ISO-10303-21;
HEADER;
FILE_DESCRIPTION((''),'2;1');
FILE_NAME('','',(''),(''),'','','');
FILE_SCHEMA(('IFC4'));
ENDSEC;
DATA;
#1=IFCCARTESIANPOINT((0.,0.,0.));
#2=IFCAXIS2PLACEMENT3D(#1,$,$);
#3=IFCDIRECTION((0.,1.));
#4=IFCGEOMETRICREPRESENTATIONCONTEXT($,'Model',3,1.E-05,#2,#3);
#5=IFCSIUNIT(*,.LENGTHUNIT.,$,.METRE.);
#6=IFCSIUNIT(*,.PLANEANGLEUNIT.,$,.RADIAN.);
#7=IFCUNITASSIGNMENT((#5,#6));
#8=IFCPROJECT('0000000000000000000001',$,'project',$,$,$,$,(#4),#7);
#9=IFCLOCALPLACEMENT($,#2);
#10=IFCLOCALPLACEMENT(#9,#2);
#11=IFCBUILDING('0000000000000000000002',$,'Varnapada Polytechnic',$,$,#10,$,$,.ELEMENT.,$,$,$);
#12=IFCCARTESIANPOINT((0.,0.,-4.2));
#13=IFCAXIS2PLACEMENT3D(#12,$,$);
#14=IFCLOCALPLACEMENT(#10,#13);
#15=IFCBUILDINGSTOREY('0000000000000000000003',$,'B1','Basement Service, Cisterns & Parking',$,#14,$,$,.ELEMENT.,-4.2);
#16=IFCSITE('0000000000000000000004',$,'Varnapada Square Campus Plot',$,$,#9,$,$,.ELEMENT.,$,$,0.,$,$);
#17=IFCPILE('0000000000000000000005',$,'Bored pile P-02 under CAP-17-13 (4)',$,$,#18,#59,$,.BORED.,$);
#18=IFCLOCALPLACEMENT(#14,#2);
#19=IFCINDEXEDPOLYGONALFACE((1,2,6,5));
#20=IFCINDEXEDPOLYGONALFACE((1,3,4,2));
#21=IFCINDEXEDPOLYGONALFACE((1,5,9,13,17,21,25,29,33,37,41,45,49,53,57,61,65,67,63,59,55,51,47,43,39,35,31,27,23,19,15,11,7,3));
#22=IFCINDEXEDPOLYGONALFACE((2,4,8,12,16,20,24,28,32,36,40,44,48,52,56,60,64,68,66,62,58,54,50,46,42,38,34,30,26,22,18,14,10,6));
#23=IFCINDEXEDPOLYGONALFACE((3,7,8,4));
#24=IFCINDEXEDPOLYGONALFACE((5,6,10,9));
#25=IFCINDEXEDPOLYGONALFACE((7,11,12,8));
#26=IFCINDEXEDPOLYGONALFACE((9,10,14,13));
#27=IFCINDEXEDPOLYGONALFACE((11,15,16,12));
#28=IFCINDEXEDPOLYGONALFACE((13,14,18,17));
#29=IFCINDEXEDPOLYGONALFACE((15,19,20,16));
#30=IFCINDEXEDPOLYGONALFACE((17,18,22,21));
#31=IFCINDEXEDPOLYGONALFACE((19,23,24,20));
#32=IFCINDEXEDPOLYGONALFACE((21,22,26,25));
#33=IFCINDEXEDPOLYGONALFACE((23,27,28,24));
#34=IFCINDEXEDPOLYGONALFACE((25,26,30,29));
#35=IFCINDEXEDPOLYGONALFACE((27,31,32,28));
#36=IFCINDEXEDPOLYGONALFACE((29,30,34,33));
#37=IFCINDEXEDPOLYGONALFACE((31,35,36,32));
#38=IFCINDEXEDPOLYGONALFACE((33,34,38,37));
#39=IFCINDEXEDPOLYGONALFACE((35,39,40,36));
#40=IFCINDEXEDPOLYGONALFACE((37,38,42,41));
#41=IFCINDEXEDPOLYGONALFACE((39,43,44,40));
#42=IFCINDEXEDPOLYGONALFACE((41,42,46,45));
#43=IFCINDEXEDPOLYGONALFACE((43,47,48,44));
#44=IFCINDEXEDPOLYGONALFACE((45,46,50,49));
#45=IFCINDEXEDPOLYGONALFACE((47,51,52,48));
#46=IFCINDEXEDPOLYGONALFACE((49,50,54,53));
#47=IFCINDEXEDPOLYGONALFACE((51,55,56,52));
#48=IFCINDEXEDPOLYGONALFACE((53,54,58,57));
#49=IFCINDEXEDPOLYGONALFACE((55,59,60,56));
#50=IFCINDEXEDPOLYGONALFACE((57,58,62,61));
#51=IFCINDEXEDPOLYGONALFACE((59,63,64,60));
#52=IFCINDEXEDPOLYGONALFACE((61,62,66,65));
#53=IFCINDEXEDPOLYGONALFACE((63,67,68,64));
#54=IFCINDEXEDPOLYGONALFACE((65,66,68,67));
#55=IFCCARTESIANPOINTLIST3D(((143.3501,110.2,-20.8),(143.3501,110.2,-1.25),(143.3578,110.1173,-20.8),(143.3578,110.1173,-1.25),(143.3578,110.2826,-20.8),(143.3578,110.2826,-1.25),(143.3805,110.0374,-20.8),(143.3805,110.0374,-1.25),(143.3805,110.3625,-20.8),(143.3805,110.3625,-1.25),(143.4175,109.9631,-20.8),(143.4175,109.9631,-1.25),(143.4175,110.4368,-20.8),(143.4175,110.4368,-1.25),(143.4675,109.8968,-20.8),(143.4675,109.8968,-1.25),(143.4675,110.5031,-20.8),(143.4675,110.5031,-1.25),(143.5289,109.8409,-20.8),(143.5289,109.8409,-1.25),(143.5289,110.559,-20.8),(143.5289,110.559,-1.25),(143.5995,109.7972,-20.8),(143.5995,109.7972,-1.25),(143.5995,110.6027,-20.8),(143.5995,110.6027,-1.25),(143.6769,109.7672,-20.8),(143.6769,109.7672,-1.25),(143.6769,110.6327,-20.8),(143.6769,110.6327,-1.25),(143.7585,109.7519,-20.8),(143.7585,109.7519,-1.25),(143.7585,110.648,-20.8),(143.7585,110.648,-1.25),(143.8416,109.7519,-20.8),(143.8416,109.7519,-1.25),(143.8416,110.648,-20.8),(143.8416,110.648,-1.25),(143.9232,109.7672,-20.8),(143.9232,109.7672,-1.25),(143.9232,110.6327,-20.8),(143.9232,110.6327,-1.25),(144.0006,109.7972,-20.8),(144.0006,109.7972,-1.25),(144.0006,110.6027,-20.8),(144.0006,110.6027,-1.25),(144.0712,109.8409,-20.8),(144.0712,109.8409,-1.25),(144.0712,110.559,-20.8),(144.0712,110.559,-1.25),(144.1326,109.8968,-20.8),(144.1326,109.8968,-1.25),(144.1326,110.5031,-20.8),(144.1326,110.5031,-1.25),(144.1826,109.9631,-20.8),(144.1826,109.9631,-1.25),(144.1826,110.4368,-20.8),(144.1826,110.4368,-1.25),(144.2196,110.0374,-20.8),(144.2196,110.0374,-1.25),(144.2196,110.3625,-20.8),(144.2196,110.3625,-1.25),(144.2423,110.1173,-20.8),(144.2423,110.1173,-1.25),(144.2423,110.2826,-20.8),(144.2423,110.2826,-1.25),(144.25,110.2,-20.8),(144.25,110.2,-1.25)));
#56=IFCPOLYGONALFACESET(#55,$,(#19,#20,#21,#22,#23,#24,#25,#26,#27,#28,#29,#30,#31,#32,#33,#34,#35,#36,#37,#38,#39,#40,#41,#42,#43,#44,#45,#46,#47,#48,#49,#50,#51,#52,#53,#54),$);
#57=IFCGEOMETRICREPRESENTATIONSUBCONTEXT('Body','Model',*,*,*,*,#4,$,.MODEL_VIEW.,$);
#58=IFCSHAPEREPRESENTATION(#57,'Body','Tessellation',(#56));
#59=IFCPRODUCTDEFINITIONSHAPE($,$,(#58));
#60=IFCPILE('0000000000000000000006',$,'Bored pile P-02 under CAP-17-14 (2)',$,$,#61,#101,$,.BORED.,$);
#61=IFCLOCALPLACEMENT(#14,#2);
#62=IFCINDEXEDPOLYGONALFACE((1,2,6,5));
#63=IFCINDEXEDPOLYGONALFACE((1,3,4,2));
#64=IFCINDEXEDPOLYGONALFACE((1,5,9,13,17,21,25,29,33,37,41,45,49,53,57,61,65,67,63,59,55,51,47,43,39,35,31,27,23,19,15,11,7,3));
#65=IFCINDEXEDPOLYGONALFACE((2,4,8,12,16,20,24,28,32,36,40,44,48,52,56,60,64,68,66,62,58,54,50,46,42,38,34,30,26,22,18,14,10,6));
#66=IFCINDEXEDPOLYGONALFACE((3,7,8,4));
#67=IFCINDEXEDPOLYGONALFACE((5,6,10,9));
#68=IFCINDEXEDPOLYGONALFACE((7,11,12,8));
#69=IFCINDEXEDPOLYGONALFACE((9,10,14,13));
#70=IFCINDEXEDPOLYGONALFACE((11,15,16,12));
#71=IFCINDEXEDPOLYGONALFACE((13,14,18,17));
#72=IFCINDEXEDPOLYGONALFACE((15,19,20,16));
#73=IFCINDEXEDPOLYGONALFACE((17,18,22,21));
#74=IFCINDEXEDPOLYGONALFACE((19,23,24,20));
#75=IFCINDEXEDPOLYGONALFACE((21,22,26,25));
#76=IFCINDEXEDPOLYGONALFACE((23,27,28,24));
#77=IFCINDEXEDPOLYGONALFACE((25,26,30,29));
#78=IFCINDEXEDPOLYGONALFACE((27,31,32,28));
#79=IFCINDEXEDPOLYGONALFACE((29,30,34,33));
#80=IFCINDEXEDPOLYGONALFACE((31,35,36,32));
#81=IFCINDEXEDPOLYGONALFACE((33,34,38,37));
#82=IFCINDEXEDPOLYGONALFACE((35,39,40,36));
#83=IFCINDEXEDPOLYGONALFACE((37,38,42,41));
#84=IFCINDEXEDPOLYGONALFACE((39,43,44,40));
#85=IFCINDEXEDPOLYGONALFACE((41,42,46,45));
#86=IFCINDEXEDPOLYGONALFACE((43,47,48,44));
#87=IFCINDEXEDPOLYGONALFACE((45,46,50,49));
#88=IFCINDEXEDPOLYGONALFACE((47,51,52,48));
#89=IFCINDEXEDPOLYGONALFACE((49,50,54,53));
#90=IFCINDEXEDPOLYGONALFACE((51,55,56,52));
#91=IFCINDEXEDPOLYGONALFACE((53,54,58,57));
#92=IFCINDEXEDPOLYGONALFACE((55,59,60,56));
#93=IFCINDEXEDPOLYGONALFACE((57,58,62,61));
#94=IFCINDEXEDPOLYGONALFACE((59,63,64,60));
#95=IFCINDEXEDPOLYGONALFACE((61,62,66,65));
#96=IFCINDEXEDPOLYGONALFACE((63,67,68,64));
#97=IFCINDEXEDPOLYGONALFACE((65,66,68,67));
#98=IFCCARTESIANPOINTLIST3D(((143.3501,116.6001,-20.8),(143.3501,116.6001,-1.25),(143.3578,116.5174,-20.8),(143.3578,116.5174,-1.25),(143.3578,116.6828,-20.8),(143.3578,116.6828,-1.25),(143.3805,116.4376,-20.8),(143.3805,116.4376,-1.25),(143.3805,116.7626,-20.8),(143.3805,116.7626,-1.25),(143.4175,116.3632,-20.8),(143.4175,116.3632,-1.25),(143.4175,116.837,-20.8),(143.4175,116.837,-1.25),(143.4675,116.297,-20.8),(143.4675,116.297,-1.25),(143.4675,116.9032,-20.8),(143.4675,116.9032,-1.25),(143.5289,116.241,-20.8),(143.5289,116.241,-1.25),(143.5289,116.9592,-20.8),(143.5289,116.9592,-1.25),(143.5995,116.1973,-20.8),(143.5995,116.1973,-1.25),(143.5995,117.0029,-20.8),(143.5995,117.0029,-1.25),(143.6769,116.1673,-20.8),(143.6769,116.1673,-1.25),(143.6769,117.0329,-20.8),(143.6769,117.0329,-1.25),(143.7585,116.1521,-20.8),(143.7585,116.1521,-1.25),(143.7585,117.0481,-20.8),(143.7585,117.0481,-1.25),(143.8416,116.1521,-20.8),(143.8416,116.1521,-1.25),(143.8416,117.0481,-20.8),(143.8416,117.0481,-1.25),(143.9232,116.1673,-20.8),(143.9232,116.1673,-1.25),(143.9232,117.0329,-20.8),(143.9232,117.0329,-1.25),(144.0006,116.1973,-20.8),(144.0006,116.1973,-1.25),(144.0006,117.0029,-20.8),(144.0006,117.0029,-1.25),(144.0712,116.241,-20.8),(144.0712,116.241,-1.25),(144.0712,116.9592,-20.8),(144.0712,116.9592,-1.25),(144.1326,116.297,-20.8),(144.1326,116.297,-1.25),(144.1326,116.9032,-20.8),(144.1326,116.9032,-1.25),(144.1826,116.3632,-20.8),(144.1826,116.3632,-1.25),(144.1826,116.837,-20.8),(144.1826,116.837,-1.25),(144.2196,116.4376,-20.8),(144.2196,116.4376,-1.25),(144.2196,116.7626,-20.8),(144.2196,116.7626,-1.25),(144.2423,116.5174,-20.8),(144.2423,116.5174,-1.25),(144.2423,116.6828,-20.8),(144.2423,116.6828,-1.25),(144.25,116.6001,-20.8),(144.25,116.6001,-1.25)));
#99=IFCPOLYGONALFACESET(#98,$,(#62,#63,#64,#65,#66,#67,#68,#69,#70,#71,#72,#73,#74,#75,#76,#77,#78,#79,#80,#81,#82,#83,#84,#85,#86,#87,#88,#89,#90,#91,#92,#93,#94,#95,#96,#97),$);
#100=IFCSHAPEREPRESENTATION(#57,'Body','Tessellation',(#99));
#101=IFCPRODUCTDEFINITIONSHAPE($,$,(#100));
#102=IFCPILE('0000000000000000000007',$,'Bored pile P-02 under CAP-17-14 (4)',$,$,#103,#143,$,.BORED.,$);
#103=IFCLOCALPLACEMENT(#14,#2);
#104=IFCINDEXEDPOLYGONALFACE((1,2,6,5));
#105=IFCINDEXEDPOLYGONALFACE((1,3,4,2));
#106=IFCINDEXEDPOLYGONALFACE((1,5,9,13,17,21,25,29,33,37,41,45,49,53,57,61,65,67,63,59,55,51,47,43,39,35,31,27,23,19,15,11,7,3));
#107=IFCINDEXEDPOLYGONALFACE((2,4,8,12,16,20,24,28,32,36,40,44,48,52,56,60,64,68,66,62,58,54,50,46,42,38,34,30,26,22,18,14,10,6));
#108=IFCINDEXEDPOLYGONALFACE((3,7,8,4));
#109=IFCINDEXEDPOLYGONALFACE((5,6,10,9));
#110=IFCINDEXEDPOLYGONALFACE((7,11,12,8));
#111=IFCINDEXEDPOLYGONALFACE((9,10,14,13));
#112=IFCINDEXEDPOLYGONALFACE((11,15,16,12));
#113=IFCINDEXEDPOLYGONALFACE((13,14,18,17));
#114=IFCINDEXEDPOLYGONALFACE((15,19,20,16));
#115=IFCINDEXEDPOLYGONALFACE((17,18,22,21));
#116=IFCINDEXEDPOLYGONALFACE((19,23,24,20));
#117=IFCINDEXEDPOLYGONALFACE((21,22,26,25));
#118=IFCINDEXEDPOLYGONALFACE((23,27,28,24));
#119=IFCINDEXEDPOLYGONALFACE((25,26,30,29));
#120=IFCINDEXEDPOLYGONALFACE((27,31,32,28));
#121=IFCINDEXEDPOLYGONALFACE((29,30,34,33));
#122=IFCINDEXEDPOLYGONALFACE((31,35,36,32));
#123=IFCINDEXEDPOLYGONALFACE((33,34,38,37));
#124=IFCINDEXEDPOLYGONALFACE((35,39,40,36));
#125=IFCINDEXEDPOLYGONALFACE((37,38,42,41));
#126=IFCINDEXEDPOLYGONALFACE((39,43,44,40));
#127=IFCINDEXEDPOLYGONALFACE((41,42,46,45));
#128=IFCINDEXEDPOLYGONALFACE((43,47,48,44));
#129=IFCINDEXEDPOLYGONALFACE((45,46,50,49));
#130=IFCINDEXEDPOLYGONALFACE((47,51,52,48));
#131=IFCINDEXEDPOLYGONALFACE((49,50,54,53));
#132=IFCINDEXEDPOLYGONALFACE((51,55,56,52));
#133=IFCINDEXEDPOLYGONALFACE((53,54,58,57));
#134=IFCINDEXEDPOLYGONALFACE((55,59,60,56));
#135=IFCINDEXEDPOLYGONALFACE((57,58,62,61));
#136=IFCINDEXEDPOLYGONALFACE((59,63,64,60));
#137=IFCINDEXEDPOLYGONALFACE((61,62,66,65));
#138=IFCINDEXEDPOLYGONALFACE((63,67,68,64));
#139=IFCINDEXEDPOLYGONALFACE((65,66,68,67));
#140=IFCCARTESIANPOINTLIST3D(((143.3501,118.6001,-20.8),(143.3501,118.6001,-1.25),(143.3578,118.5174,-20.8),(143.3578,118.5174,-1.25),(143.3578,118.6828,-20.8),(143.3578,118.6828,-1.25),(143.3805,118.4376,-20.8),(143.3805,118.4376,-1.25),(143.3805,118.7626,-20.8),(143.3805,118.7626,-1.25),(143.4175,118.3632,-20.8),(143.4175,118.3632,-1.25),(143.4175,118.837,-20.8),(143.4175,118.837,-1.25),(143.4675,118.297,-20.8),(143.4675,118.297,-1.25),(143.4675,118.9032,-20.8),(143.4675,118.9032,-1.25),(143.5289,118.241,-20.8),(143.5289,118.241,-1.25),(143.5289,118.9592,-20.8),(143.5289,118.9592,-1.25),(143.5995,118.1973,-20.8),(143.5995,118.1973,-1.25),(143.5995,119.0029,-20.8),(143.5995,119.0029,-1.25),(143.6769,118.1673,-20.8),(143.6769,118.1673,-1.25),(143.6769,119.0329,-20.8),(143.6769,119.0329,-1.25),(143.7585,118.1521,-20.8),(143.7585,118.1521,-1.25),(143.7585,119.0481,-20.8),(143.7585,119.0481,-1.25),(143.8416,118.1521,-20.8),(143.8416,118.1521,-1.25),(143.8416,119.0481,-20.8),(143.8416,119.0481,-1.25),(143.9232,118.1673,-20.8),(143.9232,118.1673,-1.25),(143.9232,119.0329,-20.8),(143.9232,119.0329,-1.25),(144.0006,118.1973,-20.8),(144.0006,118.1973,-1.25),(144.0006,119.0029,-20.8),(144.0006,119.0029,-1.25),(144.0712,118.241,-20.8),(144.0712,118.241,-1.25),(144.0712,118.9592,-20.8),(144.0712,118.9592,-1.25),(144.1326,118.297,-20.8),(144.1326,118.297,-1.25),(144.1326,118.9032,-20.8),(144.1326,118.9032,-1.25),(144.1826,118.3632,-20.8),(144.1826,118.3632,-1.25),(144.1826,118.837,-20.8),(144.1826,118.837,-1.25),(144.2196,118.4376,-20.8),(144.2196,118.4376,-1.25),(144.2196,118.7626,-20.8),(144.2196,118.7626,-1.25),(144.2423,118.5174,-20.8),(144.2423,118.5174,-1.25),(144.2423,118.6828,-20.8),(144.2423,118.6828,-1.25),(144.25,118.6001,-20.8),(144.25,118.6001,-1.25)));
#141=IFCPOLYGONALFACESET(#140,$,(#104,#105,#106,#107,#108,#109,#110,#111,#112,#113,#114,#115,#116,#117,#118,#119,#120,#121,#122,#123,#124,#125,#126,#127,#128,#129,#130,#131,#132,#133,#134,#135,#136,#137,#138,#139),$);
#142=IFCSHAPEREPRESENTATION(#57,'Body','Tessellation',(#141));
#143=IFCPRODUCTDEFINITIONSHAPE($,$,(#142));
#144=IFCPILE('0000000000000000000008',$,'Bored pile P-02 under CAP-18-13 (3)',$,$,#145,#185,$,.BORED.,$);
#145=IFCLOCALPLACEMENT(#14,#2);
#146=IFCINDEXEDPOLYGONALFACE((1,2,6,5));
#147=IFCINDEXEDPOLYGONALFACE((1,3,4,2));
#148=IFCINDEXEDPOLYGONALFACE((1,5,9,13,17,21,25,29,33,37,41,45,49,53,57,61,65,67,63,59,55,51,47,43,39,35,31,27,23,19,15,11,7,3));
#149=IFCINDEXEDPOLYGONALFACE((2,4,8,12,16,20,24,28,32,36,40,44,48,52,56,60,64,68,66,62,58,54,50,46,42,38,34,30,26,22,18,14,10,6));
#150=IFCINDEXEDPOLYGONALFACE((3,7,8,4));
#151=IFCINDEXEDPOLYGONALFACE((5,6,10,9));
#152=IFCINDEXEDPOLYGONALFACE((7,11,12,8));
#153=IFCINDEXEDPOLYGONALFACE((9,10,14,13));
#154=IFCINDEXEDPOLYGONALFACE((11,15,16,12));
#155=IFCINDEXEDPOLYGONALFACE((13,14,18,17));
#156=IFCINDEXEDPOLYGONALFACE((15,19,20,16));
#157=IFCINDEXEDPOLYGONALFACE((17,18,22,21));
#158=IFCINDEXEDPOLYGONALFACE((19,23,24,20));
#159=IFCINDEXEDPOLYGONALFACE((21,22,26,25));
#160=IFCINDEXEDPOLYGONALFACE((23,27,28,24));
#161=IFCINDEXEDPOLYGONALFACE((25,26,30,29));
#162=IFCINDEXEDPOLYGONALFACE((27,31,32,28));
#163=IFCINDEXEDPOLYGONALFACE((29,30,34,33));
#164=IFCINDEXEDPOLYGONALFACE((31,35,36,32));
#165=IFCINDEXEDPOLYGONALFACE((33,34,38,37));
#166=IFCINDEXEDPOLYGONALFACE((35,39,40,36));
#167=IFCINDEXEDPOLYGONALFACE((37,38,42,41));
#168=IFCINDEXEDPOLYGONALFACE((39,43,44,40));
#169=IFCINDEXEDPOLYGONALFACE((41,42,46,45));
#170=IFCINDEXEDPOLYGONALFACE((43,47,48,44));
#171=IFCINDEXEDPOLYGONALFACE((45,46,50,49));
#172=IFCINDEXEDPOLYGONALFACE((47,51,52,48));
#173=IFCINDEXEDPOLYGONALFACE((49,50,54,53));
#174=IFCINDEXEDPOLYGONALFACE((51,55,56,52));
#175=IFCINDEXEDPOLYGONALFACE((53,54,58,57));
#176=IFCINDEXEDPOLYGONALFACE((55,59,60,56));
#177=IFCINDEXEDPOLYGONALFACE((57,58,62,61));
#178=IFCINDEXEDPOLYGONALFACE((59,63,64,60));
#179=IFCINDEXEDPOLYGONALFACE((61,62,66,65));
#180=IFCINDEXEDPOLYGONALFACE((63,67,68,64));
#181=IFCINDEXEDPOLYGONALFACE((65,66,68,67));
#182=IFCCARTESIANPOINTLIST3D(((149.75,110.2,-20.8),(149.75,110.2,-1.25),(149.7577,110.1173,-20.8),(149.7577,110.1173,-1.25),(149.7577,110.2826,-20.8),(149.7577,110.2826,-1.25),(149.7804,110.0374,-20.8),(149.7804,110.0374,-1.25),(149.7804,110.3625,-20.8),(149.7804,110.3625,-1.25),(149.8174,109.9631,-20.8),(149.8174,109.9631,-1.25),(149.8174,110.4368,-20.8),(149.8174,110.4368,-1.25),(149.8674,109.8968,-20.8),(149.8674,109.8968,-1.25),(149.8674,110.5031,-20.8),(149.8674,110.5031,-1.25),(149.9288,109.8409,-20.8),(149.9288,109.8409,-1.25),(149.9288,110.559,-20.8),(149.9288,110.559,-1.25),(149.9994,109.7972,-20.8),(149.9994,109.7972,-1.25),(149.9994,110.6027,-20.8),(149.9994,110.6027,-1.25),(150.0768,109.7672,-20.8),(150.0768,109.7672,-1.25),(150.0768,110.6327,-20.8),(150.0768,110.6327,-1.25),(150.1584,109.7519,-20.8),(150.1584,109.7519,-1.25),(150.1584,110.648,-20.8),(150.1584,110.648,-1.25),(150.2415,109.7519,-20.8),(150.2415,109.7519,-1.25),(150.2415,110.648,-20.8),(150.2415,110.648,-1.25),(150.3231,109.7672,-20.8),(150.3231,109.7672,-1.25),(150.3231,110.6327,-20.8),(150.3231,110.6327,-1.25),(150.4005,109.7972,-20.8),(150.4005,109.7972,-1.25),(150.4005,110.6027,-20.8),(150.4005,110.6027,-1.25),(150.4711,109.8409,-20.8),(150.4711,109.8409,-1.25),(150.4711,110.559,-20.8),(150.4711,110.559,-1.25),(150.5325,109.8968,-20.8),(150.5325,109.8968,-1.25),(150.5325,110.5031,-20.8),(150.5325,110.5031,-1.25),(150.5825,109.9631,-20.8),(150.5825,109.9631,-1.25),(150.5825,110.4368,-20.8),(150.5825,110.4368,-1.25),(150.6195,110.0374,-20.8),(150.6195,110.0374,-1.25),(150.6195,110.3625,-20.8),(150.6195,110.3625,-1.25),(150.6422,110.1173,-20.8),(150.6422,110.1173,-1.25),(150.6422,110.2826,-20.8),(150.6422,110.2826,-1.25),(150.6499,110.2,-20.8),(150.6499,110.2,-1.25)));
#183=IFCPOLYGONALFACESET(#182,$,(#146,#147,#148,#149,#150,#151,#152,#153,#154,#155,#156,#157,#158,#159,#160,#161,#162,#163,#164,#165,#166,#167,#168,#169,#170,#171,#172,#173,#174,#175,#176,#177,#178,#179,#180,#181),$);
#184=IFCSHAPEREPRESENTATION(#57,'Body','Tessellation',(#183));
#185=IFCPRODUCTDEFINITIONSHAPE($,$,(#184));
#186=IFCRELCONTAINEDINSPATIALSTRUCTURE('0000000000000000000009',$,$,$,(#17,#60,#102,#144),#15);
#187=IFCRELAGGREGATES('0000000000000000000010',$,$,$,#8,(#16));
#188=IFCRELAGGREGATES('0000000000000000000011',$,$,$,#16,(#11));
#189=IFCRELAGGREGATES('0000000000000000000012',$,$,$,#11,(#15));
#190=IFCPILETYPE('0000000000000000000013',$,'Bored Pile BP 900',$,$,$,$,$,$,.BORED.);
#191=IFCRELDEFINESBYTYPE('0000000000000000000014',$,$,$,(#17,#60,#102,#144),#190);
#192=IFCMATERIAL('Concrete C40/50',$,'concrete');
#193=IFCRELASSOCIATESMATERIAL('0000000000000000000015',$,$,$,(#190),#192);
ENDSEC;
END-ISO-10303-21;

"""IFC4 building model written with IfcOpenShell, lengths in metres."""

from ifc_helpers import new_model, si_unit, direction, frame, origin, origin_2d, place, context, subcontext, project, spatial, circle, extrude, material, material_profile, profile_set, type_object, element, save


model = new_model("IFC4")

# Units and contexts
model_context = context("Model", 3, precision=1e-05, world=origin(), true_north=direction((0.0, 1.0)))
body_context = subcontext(model_context, "Body", "Model", "MODEL_VIEW")
ifc_project = project(units=[si_unit("LENGTHUNIT", "METRE"), si_unit("PLANEANGLEUNIT", "RADIAN")], contexts=[model_context])

# Site, building, storey
site_placement = place(None, origin())
site = spatial("IfcSite", under=ifc_project, at=site_placement, Name="Varnapada Square Campus Plot", CompositionType="ELEMENT", RefElevation=0.0)
building_placement = place(site_placement, origin())
building = spatial("IfcBuilding", under=site, at=building_placement, Name="Varnapada Polytechnic", CompositionType="ELEMENT")
storey_placement = place(building_placement, frame((0.0, 0.0, -4.2)))
storey = spatial("IfcBuildingStorey", under=building, at=storey_placement, Name="B1", Description="Basement Service, Cisterns & Parking", CompositionType="ELEMENT", Elevation=-4.2)

# Piles
ifc_material_1 = material(Name="Concrete C40/50", Category="concrete")
ifc_material_profile_1 = material_profile(ifc_material_1, circle(Radius=0.45, at=origin_2d()), Name="BP 900")
ifc_profile_set_1 = profile_set([ifc_material_profile_1], Name="Concrete C40/50")
pile_type = type_object("IfcPileType", Name="Bored Pile BP 900", PredefinedType="BORED", material=ifc_profile_set_1)
for number, where, z_axis, x_axis, name in (
    (1, (143.8, 110.2, -1.25), (0.0, 0.0, -1.0), (1.0, 0.0, 0.0), "Bored pile P-02 under CAP-17-13 (4)"),
    (2, (143.8, 116.6001, -1.25), (0.0, 0.0, -1.0), (1.0, 0.0, 0.0), "Bored pile P-02 under CAP-17-14 (2)"),
    (3, (143.8, 118.6001, -1.25), (0.0, 0.0, -1.0), (1.0, 0.0, 0.0), "Bored pile P-02 under CAP-17-14 (4)"),
    (4, (150.2, 110.2, -1.25), (0.0, 0.0, -1.0), (1.0, 0.0, 0.0), "Bored pile P-02 under CAP-18-13 (3)"),
):
    element("IfcPile", number, at=place(storey_placement, frame(where, z_axis=z_axis, x_axis=x_axis)), inside=storey, type_object=pile_type, Name=name, PredefinedType="BORED", context=body_context, shape_type="SweptSolid", body=[
        extrude(circle(Radius=0.45, at=origin_2d()), origin(), (0.0, 0.0, 1.0), 19.55),
    ])

save(model, "model.ifc")
